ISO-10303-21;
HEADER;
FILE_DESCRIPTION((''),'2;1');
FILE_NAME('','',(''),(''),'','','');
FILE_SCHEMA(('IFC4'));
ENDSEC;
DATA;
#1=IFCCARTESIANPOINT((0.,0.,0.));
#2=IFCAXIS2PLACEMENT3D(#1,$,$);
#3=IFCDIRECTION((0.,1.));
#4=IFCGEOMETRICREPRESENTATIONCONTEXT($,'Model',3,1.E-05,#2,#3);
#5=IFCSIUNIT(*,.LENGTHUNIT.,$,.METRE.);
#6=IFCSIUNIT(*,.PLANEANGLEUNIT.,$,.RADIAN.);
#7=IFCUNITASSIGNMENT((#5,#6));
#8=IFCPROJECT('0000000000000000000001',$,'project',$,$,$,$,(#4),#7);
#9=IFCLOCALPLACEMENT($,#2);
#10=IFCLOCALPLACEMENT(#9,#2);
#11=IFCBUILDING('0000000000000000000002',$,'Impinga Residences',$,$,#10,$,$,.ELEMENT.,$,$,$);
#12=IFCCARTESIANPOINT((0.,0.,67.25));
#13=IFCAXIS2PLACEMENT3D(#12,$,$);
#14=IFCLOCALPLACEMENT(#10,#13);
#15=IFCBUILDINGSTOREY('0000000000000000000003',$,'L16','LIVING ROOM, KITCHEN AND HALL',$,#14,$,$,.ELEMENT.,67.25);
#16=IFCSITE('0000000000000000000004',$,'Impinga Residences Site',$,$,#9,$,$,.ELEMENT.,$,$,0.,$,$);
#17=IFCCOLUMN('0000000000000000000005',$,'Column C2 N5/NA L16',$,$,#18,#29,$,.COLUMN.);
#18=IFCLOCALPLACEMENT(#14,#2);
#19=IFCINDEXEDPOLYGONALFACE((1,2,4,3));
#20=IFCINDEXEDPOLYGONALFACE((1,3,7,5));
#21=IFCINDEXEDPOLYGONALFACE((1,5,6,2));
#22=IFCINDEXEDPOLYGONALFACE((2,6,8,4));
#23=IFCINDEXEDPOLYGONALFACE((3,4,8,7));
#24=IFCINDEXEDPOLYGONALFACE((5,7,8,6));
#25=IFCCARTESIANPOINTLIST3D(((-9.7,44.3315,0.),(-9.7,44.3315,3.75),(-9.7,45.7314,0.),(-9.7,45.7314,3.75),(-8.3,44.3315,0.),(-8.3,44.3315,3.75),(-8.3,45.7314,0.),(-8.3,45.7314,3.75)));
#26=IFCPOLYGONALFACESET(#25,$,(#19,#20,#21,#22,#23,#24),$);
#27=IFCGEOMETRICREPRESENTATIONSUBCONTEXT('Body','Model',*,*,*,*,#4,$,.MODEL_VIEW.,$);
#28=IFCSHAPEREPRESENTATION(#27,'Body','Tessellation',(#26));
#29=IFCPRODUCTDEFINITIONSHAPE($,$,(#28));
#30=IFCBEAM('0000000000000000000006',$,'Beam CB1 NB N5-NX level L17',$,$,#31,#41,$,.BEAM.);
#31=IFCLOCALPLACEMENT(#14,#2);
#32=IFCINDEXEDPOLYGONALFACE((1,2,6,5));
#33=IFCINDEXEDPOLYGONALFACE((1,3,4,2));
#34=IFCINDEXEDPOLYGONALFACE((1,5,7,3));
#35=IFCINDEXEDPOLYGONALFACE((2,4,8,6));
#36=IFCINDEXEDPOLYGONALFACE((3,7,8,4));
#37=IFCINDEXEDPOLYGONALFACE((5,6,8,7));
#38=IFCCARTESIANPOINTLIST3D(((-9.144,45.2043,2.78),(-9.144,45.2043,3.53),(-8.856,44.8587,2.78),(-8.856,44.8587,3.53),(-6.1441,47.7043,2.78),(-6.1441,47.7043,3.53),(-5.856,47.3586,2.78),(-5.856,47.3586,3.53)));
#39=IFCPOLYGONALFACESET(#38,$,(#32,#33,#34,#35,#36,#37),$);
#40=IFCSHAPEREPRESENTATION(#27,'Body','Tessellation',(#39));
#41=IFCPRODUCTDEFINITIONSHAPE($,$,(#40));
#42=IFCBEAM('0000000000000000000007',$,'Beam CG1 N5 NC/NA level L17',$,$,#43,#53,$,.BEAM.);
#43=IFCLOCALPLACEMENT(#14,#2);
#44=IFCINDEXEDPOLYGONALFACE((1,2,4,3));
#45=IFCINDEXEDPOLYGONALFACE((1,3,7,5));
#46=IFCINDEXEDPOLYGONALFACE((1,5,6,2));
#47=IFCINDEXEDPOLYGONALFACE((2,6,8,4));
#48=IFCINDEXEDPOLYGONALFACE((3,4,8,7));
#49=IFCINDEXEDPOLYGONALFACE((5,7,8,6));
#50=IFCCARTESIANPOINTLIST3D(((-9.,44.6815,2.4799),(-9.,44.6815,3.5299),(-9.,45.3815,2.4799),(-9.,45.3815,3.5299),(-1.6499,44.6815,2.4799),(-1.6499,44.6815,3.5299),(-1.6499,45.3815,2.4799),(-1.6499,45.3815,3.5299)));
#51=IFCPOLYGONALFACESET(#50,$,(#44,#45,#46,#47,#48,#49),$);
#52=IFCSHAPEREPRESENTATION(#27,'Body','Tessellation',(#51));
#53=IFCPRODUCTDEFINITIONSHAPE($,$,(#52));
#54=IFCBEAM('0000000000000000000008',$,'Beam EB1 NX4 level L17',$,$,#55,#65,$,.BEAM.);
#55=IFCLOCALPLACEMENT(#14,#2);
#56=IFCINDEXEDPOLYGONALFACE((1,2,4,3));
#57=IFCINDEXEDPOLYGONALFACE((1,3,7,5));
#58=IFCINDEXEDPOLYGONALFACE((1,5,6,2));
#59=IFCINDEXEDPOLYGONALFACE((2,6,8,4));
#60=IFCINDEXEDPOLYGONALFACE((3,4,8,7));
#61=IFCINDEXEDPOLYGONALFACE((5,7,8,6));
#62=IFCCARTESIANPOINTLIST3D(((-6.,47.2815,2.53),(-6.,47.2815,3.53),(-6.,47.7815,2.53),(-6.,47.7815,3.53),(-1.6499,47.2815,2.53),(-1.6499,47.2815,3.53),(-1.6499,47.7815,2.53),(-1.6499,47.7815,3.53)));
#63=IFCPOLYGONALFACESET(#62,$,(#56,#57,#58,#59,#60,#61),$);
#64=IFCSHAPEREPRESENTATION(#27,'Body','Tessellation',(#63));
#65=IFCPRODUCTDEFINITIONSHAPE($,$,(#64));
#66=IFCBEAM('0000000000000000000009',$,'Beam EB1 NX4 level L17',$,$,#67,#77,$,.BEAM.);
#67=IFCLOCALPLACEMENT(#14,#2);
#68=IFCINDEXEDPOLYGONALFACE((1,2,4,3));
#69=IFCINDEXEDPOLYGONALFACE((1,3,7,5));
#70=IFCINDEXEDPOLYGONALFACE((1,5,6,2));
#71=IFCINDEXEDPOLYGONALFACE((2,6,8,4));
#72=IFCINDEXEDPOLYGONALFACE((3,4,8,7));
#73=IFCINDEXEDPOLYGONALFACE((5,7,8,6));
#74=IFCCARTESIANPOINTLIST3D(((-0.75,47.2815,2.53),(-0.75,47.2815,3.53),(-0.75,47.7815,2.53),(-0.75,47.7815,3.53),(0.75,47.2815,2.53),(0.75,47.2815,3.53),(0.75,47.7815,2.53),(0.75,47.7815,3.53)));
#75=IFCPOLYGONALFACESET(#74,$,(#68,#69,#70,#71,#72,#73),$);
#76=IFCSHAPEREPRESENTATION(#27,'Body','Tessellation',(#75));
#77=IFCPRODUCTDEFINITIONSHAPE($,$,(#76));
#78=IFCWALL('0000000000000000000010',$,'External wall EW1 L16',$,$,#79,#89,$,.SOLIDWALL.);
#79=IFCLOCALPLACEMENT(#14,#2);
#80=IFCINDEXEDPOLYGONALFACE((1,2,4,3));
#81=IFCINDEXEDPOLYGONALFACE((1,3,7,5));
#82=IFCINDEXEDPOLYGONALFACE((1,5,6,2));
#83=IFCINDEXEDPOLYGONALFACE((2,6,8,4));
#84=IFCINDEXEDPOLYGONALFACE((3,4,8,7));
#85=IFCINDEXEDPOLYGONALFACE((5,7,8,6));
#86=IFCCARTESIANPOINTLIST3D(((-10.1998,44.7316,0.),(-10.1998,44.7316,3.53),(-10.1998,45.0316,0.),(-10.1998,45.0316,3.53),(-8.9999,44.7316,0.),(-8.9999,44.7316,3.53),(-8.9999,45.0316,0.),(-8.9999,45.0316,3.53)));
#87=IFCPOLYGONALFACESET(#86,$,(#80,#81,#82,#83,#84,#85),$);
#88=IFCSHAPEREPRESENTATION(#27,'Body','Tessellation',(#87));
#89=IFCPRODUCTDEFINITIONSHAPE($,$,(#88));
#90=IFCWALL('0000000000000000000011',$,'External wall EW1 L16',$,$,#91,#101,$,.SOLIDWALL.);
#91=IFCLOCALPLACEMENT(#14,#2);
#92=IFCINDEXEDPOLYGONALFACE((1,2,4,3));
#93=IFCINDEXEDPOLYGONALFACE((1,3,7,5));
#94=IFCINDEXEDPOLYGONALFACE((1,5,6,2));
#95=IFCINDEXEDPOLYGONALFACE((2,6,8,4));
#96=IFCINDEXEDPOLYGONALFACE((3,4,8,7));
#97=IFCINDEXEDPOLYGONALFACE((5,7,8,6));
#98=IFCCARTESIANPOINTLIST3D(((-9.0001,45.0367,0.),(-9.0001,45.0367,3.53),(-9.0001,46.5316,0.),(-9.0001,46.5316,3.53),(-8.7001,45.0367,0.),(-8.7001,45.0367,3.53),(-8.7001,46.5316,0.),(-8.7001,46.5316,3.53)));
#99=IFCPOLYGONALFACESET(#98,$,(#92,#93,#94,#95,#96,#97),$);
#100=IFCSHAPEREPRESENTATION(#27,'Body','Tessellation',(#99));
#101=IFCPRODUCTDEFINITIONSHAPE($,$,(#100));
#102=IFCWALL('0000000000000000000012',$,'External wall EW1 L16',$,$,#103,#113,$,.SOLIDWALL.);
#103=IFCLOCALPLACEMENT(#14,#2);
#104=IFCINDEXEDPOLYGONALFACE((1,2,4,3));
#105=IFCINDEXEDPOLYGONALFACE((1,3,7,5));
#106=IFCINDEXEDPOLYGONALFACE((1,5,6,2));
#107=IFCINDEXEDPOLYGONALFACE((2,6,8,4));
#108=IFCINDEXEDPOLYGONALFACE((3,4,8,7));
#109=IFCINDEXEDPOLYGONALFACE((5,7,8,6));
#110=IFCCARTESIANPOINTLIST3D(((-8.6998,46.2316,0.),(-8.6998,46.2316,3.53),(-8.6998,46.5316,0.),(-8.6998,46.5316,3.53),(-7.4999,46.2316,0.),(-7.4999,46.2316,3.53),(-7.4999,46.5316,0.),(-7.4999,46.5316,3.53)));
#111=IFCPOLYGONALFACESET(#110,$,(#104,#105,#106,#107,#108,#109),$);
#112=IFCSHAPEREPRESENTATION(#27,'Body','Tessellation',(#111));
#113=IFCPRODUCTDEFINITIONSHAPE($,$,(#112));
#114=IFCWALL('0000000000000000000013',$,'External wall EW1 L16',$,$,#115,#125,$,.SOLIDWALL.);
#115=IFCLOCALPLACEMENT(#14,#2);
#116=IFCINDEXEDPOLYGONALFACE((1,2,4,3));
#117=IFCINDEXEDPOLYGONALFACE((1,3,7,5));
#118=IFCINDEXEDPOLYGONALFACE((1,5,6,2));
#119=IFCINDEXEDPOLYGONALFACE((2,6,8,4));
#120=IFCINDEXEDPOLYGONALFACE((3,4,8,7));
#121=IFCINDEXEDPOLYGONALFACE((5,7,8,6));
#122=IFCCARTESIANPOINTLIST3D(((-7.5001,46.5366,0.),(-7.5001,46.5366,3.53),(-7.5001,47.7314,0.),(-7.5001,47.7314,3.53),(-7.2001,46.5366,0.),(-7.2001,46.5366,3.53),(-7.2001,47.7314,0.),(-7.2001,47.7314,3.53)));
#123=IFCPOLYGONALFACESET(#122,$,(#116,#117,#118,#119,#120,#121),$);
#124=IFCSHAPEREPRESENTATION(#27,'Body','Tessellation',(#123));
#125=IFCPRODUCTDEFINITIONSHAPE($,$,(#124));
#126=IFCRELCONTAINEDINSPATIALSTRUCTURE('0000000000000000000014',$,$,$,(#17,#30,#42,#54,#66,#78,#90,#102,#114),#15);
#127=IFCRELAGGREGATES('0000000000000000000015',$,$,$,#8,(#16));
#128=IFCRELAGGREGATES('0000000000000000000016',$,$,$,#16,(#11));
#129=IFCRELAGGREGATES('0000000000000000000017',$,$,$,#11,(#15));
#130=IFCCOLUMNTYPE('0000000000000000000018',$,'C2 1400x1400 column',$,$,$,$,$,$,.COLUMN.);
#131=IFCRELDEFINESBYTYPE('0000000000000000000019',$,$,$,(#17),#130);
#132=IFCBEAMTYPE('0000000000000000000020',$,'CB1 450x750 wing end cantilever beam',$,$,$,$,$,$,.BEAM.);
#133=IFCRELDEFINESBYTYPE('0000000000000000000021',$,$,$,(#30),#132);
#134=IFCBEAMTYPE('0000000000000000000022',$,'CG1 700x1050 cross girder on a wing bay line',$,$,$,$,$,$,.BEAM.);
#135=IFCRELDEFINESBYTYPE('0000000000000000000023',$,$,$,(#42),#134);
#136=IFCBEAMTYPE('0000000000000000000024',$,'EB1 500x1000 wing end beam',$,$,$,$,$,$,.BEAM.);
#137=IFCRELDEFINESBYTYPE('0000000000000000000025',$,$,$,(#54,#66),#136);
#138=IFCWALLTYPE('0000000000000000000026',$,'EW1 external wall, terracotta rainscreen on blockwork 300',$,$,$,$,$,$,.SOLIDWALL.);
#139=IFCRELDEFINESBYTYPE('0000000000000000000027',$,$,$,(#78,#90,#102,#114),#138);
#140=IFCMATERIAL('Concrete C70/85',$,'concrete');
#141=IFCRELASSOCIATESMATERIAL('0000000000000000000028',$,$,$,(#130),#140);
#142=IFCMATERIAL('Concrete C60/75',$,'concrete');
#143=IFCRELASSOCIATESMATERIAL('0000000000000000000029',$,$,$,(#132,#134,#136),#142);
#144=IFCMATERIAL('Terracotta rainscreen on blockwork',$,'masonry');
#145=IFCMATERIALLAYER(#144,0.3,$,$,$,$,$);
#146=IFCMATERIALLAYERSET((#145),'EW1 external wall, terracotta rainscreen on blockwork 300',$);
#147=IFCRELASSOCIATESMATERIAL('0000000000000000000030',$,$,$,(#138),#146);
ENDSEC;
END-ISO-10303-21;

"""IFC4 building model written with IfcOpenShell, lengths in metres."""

from ifc_helpers import new_model, si_unit, direction, frame, frame_2d, origin, origin_2d, place, context, subcontext, project, spatial, rectangle, extrude, material, layer, layer_set, material_profile, profile_set, type_object, element, save


model = new_model("IFC4")

# Units and contexts
model_context = context("Model", 3, precision=1e-05, world=origin(), true_north=direction((0.0, 1.0)))
body_context = subcontext(model_context, "Body", "Model", "MODEL_VIEW")
ifc_project = project(units=[si_unit("LENGTHUNIT", "METRE"), si_unit("PLANEANGLEUNIT", "RADIAN")], contexts=[model_context])

# Site, building, storey
site_placement = place(None, origin())
site = spatial("IfcSite", under=ifc_project, at=site_placement, Name="Impinga Residences Site", CompositionType="ELEMENT", RefElevation=0.0)
building_placement = place(site_placement, origin())
building = spatial("IfcBuilding", under=site, at=building_placement, Name="Impinga Residences", CompositionType="ELEMENT")
storey_placement = place(building_placement, frame((0.0, 0.0, 67.25)))
storey = spatial("IfcBuildingStorey", under=building, at=storey_placement, Name="L16", Description="LIVING ROOM, KITCHEN AND HALL", CompositionType="ELEMENT", Elevation=67.25)

# Column
ifc_material_1 = material(Name="Concrete C70/85", Category="concrete")
ifc_material_profile_1 = material_profile(ifc_material_1, rectangle(XDim=1.3999, YDim=1.3999, at=origin_2d()), Name="RC 1400x1400")
ifc_profile_set_1 = profile_set([ifc_material_profile_1], Name="Concrete C70/85")
column_type = type_object("IfcColumnType", Name="C2 1400x1400 column", PredefinedType="COLUMN", material=ifc_profile_set_1)
column_placement = place(storey_placement, frame((-9.0, 45.0315, 0.0), z_axis=(0.0, 0.0, 1.0), x_axis=(1.0, 0.0, 0.0)))
element("IfcColumn", 1, at=column_placement, inside=storey, type_object=column_type, Name="Column C2 N5/NA L16", PredefinedType="COLUMN", context=body_context, shape_type="SweptSolid", body=[
    extrude(rectangle(XDim=1.3999, YDim=1.3999, at=origin_2d()), origin(), (0.0, 0.0, 1.0), 3.75),
])

# Beams
ifc_material_2 = material(Name="Concrete C60/75", Category="concrete")
ifc_material_profile_2 = material_profile(ifc_material_2, rectangle(XDim=0.45, YDim=0.75, at=origin_2d()), Name="RC 450x750")
ifc_profile_set_2 = profile_set([ifc_material_profile_2], Name="Concrete C60/75")
beam_type_1 = type_object("IfcBeamType", Name="CB1 450x750 wing end cantilever beam", PredefinedType="BEAM", material=ifc_profile_set_2)
beam_1_placement = place(storey_placement, frame((-9.0, 45.0315, 3.155), z_axis=(0.768221, 0.640184, 0.0), x_axis=(-0.640184, 0.768221, 0.0)))
element("IfcBeam", 2, at=beam_1_placement, inside=storey, type_object=beam_type_1, Name="Beam CB1 NB N5-NX level L17", PredefinedType="BEAM", context=body_context, shape_type="SweptSolid", body=[
    extrude(rectangle(XDim=0.45, YDim=0.75, at=origin_2d()), origin(), (0.0, 0.0, 1.0), 3.905),
])
ifc_material_profile_3 = material_profile(ifc_material_2, rectangle(XDim=0.7, YDim=1.05, at=origin_2d()), Name="RC 700x1050")
ifc_profile_set_3 = profile_set([ifc_material_profile_3], Name="Concrete C60/75")
beam_type_2 = type_object("IfcBeamType", Name="CG1 700x1050 cross girder on a wing bay line", PredefinedType="BEAM", material=ifc_profile_set_3)
beam_2_placement = place(storey_placement, frame((-1.6499, 45.0315, 3.0049), z_axis=(-1.0, 0.0, 0.0), x_axis=(0.0, -1.0, 0.0)))
element("IfcBeam", 3, at=beam_2_placement, inside=storey, type_object=beam_type_2, Name="Beam CG1 N5 NC/NA level L17", PredefinedType="BEAM", context=body_context, shape_type="SweptSolid", body=[
    extrude(rectangle(XDim=0.7, YDim=1.05, at=origin_2d()), origin(), (0.0, 0.0, 1.0), 7.3501),
])
ifc_material_profile_4 = material_profile(ifc_material_2, rectangle(XDim=0.5, YDim=1.0, at=origin_2d()), Name="RC 500x1000")
ifc_profile_set_4 = profile_set([ifc_material_profile_4], Name="Concrete C60/75")
beam_type_3 = type_object("IfcBeamType", Name="EB1 500x1000 wing end beam", PredefinedType="BEAM", material=ifc_profile_set_4)
beam_3_placement = place(storey_placement, frame((-6.0, 47.5315, 3.03), z_axis=(1.0, 0.0, 0.0), x_axis=(0.0, 1.0, 0.0)))
element("IfcBeam", 4, at=beam_3_placement, inside=storey, type_object=beam_type_3, Name="Beam EB1 NX4 level L17", PredefinedType="BEAM", context=body_context, shape_type="SweptSolid", body=[
    extrude(rectangle(XDim=0.5, YDim=1.0, at=origin_2d()), origin(), (0.0, 0.0, 1.0), 4.3501),
])
beam_4_placement = place(storey_placement, frame((-0.75, 47.5315, 3.03), z_axis=(1.0, 0.0, 0.0), x_axis=(0.0, 1.0, 0.0)))
element("IfcBeam", 5, at=beam_4_placement, inside=storey, type_object=beam_type_3, Name="Beam EB1 NX4 level L17", PredefinedType="BEAM", context=body_context, shape_type="SweptSolid", body=[
    extrude(rectangle(XDim=0.5, YDim=1.0, at=origin_2d()), origin(), (0.0, 0.0, 1.0), 1.5),
])

# Walls
ifc_material_3 = material(Name="Terracotta rainscreen on blockwork", Category="masonry")
ifc_layer_1 = layer(ifc_material_3, 0.3)
ifc_layer_set_1 = layer_set([ifc_layer_1], Name="EW1 external wall, terracotta rainscreen on blockwork 300")
wall_type_1 = type_object("IfcWallType", Name="EW1 external wall, terracotta rainscreen on blockwork 300", PredefinedType="SOLIDWALL", material=ifc_layer_set_1)
wall_1_placement = place(storey_placement, frame((-10.2, 44.8816, 0.0), z_axis=(0.0, 0.0, 1.0), x_axis=(1.0, 0.0, 0.0)))
element("IfcWall", 6, at=wall_1_placement, inside=storey, type_object=wall_type_1, Name="External wall EW1 L16", PredefinedType="SOLIDWALL", context=body_context, shape_type="SweptSolid", body=[
    extrude(rectangle(XDim=1.2, YDim=0.3, at=frame_2d((0.6001, 0.0))), origin(), (0.0, 0.0, 1.0), 3.53),
])
wall_2_placement = place(storey_placement, frame((-8.8501, 45.0366, 0.0), z_axis=(0.0, 0.0, 1.0), x_axis=(0.0, 1.0, 0.0)))
element("IfcWall", 7, at=wall_2_placement, inside=storey, type_object=wall_type_1, Name="External wall EW1 L16", PredefinedType="SOLIDWALL", context=body_context, shape_type="SweptSolid", body=[
    extrude(rectangle(XDim=1.4949, YDim=0.3, at=frame_2d((0.7476, 0.0))), origin(), (0.0, 0.0, 1.0), 3.53),
])
wall_3_placement = place(storey_placement, frame((-8.7, 46.3816, 0.0), z_axis=(0.0, 0.0, 1.0), x_axis=(1.0, 0.0, 0.0)))
element("IfcWall", 8, at=wall_3_placement, inside=storey, type_object=wall_type_1, Name="External wall EW1 L16", PredefinedType="SOLIDWALL", context=body_context, shape_type="SweptSolid", body=[
    extrude(rectangle(XDim=1.2, YDim=0.3, at=frame_2d((0.6001, 0.0))), origin(), (0.0, 0.0, 1.0), 3.53),
])
wall_4_placement = place(storey_placement, frame((-7.3501, 46.5366, 0.0), z_axis=(0.0, 0.0, 1.0), x_axis=(0.0, 1.0, 0.0)))
element("IfcWall", 9, at=wall_4_placement, inside=storey, type_object=wall_type_1, Name="External wall EW1 L16", PredefinedType="SOLIDWALL", context=body_context, shape_type="SweptSolid", body=[
    extrude(rectangle(XDim=1.1948, YDim=0.3, at=frame_2d((0.5974, 0.0))), origin(), (0.0, 0.0, 1.0), 3.53),
])

save(model, "model.ifc")
